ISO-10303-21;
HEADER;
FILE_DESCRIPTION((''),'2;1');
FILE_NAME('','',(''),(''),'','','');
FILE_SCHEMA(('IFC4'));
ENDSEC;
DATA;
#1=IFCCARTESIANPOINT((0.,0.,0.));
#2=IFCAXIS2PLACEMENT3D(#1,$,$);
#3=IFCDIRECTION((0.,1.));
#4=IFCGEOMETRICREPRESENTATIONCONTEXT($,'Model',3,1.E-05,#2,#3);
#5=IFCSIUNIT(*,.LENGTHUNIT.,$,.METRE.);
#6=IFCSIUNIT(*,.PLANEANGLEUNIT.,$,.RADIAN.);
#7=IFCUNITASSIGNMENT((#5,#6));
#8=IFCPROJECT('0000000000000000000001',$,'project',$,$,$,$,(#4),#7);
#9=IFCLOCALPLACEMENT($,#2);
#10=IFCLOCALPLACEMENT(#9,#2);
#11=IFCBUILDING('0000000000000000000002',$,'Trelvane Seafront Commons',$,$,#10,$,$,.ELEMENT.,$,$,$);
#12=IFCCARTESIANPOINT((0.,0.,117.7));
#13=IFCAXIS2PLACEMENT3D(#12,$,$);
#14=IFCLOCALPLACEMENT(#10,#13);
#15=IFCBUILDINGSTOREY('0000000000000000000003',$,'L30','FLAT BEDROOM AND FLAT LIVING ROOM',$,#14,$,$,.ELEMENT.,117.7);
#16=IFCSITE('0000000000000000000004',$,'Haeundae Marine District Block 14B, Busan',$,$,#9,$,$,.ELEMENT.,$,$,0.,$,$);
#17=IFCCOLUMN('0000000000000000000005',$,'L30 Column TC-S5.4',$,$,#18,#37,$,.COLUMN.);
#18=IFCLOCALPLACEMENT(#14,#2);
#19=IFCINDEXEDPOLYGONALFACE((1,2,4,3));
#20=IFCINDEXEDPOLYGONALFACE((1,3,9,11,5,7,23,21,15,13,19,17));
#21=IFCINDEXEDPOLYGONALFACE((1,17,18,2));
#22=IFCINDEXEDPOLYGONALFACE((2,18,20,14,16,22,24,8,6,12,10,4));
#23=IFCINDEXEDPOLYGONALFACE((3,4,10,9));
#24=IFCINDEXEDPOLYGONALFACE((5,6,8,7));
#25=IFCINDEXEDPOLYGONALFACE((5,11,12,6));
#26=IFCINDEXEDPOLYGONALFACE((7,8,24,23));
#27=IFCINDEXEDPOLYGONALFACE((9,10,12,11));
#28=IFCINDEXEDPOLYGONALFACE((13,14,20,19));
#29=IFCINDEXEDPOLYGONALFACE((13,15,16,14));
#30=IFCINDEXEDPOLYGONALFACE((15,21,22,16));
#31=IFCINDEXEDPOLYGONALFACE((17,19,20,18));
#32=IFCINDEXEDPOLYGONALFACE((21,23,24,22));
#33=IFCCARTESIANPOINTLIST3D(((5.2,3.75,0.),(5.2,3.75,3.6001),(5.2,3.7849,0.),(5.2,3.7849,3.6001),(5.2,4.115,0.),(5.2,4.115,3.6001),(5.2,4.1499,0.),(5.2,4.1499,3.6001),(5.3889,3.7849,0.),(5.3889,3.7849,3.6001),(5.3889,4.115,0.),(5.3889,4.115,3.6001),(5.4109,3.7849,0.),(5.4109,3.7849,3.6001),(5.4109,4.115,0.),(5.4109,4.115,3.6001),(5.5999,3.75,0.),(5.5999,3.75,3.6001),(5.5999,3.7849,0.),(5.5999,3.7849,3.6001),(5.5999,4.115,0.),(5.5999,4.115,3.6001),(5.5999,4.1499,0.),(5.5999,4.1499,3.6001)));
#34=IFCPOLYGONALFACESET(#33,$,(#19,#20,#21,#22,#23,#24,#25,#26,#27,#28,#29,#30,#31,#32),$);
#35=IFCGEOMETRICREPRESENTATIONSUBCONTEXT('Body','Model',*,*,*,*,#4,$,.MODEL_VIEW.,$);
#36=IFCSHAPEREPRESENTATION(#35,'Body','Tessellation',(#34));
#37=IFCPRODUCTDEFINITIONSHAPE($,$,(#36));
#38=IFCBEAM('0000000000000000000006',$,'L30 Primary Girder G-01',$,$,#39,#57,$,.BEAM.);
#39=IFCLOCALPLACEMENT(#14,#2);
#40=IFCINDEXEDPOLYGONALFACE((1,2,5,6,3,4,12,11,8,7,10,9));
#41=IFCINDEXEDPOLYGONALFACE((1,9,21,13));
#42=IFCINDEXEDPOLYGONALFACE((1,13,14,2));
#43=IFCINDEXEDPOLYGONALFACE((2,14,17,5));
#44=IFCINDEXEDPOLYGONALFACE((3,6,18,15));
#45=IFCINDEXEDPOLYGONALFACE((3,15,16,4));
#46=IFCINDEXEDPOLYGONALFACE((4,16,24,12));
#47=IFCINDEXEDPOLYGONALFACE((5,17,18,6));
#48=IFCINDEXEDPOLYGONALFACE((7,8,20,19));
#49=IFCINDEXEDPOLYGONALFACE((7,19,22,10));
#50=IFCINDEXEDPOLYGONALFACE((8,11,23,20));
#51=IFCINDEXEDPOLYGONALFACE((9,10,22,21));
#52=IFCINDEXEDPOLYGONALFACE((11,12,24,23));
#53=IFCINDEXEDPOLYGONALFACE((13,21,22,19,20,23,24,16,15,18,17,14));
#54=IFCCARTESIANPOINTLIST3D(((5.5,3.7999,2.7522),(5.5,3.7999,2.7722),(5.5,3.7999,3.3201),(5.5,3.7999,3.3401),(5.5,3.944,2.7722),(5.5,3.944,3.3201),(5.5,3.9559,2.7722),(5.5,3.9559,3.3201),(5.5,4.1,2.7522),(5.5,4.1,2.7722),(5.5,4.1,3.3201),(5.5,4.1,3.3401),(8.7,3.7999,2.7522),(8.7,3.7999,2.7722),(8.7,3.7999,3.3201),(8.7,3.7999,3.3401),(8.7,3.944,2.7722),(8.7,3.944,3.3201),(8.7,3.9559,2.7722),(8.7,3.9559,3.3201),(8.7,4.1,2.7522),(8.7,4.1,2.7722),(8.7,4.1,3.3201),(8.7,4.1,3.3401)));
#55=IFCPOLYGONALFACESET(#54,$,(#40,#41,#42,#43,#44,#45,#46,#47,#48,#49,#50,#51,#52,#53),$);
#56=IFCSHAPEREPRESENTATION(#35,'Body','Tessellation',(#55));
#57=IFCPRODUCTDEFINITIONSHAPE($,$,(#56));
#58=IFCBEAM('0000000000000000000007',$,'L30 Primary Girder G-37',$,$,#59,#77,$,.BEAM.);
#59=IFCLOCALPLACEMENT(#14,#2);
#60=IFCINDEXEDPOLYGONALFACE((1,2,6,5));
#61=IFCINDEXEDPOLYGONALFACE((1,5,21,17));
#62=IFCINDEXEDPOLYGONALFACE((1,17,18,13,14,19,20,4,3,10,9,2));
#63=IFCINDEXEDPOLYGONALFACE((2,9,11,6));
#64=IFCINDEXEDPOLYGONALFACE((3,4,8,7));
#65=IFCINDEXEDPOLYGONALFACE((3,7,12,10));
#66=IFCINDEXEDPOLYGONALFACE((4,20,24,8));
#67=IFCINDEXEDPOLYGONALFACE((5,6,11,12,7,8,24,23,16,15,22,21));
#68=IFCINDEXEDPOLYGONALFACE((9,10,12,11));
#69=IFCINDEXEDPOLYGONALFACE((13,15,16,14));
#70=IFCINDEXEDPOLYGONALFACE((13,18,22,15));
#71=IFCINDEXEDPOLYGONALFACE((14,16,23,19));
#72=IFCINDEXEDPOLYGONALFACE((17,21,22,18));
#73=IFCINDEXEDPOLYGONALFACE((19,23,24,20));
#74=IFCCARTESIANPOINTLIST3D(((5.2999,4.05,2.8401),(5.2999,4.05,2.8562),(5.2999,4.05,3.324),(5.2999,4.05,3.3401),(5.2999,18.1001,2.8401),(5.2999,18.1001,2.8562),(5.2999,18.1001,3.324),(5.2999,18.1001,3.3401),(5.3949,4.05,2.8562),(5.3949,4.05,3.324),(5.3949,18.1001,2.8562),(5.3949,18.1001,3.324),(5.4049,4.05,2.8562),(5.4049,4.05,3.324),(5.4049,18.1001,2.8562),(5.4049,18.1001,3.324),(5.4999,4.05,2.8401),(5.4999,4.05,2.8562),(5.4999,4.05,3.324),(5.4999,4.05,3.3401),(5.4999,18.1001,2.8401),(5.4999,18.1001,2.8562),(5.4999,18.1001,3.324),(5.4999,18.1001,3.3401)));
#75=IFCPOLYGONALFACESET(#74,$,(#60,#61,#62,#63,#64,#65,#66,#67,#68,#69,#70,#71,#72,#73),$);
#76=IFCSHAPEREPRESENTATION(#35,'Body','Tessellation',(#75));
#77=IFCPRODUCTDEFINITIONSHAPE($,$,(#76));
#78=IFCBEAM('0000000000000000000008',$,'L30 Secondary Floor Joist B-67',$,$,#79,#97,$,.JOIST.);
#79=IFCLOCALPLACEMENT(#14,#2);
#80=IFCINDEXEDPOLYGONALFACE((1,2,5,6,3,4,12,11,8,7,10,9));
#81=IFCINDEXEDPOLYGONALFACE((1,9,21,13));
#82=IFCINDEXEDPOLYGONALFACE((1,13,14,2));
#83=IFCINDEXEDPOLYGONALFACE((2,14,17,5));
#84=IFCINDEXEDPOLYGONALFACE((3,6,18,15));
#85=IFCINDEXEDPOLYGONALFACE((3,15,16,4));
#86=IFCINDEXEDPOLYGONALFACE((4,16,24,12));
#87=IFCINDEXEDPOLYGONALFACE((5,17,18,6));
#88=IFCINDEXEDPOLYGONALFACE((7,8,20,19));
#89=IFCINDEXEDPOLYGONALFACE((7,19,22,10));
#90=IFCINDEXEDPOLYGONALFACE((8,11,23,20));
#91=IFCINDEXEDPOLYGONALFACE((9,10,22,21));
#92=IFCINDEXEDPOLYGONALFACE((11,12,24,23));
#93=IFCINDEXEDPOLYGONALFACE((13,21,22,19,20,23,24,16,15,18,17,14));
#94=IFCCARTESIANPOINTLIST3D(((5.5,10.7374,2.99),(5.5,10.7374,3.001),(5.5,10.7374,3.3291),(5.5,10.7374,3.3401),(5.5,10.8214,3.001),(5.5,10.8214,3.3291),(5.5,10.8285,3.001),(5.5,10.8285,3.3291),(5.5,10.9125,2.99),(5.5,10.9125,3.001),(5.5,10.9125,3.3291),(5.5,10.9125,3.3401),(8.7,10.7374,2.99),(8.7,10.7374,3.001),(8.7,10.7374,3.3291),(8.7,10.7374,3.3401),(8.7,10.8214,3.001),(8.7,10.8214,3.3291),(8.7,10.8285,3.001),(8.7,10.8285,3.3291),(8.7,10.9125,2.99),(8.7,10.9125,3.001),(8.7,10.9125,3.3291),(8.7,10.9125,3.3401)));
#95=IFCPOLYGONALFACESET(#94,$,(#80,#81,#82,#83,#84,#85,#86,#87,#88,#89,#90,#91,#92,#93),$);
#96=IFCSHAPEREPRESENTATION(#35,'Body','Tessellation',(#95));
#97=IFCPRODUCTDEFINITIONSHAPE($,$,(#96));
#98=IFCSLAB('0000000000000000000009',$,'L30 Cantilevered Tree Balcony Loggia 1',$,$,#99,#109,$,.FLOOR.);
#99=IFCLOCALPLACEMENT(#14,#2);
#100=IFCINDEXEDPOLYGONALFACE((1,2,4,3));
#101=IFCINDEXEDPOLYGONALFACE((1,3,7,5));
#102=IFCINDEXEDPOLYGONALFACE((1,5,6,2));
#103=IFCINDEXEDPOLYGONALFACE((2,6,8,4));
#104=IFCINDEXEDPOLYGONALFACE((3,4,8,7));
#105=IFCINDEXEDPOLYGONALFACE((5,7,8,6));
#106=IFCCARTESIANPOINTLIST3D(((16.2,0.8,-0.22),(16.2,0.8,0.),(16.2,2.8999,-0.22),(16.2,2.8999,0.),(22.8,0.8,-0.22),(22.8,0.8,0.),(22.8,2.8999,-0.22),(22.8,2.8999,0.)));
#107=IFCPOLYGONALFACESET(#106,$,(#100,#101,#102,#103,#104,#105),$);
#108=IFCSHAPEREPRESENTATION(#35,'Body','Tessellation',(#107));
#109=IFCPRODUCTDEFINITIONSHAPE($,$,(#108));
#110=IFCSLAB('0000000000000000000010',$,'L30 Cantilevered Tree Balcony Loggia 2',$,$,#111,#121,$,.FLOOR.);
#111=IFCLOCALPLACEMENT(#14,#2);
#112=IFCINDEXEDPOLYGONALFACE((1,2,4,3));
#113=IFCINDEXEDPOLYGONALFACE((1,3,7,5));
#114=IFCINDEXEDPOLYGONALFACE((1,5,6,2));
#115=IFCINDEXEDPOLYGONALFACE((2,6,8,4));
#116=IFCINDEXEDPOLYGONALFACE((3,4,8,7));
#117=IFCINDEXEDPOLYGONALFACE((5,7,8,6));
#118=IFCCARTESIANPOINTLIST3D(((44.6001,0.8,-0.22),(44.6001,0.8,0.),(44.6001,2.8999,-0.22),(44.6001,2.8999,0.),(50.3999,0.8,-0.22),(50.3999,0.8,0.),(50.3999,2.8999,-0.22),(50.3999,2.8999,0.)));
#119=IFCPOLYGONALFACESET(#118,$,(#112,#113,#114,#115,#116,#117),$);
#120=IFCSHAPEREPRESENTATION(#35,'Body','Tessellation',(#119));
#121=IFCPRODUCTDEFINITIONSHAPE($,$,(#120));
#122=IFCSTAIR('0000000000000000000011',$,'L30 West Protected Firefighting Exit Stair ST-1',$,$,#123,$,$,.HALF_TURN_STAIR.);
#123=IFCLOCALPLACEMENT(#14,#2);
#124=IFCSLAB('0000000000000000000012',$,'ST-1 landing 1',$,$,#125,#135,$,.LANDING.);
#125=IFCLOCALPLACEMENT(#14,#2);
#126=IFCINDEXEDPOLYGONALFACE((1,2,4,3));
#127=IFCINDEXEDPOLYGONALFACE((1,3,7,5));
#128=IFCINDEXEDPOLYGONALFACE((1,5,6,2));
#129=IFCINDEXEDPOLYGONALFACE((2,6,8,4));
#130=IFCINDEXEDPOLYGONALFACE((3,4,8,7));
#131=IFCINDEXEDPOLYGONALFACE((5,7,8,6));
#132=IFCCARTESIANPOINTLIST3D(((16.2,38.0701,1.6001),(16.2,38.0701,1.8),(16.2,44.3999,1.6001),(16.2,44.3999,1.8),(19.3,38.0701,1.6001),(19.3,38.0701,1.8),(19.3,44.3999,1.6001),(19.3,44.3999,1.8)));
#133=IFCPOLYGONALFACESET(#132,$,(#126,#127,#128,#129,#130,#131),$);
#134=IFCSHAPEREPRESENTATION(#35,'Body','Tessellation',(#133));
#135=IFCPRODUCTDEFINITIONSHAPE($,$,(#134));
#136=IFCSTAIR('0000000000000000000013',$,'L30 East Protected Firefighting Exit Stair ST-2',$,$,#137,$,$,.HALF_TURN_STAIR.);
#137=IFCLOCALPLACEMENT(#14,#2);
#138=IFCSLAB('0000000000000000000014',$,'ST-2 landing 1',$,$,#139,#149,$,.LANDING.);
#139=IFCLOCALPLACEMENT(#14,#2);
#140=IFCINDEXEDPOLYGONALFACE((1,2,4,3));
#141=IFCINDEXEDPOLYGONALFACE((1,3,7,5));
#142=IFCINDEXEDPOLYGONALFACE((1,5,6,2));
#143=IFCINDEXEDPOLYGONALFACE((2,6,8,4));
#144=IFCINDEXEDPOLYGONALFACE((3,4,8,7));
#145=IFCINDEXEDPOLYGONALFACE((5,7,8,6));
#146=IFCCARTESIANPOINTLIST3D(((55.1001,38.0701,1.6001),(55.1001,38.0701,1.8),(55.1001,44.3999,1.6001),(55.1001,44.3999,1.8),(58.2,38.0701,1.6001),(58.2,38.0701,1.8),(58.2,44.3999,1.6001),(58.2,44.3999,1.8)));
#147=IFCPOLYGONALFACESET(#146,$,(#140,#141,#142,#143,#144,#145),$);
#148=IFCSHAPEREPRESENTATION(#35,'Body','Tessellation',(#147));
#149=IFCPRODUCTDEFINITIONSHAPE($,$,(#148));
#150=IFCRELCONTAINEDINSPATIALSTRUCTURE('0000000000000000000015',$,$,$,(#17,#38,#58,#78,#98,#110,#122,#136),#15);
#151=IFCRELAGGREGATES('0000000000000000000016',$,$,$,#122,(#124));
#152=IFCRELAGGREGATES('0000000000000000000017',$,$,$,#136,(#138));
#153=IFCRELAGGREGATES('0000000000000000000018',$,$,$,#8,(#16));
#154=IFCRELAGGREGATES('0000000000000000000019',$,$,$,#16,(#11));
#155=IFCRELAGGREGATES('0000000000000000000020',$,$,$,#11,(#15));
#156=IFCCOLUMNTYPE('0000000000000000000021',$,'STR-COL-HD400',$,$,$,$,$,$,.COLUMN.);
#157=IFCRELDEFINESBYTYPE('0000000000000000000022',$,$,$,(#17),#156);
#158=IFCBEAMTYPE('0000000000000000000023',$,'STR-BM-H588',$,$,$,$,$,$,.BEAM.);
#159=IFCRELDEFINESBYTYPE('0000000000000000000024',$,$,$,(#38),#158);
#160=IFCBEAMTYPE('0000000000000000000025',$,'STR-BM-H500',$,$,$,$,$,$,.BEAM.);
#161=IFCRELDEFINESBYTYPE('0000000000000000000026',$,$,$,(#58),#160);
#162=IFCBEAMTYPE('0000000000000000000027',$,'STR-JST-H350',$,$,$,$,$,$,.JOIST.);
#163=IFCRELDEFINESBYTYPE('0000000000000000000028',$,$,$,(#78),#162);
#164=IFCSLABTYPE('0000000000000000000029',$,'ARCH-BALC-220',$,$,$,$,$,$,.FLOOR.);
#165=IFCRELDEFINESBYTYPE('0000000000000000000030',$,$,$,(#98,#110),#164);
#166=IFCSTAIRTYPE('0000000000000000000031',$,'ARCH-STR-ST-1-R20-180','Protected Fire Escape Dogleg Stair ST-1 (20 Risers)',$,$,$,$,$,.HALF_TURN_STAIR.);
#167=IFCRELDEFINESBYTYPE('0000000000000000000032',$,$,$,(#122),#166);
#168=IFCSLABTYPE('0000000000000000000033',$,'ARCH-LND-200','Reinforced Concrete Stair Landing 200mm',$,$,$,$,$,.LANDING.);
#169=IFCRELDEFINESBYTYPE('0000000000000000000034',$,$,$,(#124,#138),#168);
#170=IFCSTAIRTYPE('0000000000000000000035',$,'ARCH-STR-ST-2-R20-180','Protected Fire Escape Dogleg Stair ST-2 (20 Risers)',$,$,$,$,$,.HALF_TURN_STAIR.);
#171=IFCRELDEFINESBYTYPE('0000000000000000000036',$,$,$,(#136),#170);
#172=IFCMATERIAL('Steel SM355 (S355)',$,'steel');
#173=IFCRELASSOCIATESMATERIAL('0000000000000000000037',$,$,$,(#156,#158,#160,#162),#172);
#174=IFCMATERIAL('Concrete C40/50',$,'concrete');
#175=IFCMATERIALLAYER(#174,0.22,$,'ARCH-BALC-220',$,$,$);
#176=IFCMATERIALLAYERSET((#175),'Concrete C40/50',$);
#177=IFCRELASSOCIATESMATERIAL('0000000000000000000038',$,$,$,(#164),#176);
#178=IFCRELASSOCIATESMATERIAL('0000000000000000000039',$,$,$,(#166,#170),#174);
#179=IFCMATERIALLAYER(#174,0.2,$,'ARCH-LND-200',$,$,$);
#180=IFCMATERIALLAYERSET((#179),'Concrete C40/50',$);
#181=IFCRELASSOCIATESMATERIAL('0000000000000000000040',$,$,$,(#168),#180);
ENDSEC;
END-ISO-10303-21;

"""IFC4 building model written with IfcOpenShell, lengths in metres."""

from ifc_helpers import new_model, si_unit, direction, frame, origin, origin_2d, place, context, subcontext, project, spatial, polyline, i_section, outline, extrude, source, transform, mapped, material, layer, layer_set, material_profile, profile_set, type_object, element, aggregate, save


model = new_model("IFC4")

# Units and contexts
model_context = context("Model", 3, precision=1e-05, world=origin(), true_north=direction((0.0, 1.0)))
body_context = subcontext(model_context, "Body", "Model", "MODEL_VIEW")
ifc_project = project(units=[si_unit("LENGTHUNIT", "METRE"), si_unit("PLANEANGLEUNIT", "RADIAN")], contexts=[model_context])

# Site, building, storey
site_placement = place(None, origin())
site = spatial("IfcSite", under=ifc_project, at=site_placement, Name="Haeundae Marine District Block 14B, Busan", CompositionType="ELEMENT", RefElevation=0.0)
building_placement = place(site_placement, origin())
building = spatial("IfcBuilding", under=site, at=building_placement, Name="Trelvane Seafront Commons", CompositionType="ELEMENT")
storey_placement = place(building_placement, frame((0.0, 0.0, 117.7)))
storey = spatial("IfcBuildingStorey", under=building, at=storey_placement, Name="L30", Description="FLAT BEDROOM AND FLAT LIVING ROOM", CompositionType="ELEMENT", Elevation=117.7)

# Column
ifc_material_1 = material(Name="Steel SM355 (S355)", Category="steel")
ifc_material_profile_1 = material_profile(ifc_material_1, i_section(OverallWidth=0.3999, OverallDepth=0.3999, WebThickness=0.022, FlangeThickness=0.0349, at=origin_2d()), Name="HD-400x400x22x35")
ifc_profile_set_1 = profile_set([ifc_material_profile_1], Name="Steel SM355 (S355)")
column_type = type_object("IfcColumnType", Name="STR-COL-HD400", PredefinedType="COLUMN", material=ifc_profile_set_1)
shared_shape_1 = source(origin(), body_context, "Body", "SweptSolid", [
    extrude(i_section(OverallWidth=0.3999, OverallDepth=0.3999, WebThickness=0.022, FlangeThickness=0.0349, at=origin_2d()), origin(), (0.0, 0.0, 1.0), 3.6001),
])
column_placement = place(storey_placement, frame((5.3999, 3.95, 0.0), z_axis=(0.0, 0.0, 1.0), x_axis=(1.0, 0.0, 0.0)))
element("IfcColumn", 1, at=column_placement, inside=storey, type_object=column_type, Name="L30 Column TC-S5.4", PredefinedType="COLUMN", context=body_context, shape_type="MappedRepresentation", body=[
    mapped(shared_shape_1, transform((0.0, 0.0, 0.0), x_axis=(1.0, 0.0, 0.0), y_axis=(0.0, 1.0, 0.0), z_axis=(0.0, 0.0, 1.0), scale=1.0)),
])

# Beams
ifc_material_profile_2 = material_profile(ifc_material_1, i_section(OverallWidth=0.3, OverallDepth=0.5879, WebThickness=0.012, FlangeThickness=0.02, at=origin_2d()), Name="H-588x300x12x20")
ifc_profile_set_2 = profile_set([ifc_material_profile_2], Name="Steel SM355 (S355)")
beam_type_1 = type_object("IfcBeamType", Name="STR-BM-H588", PredefinedType="BEAM", material=ifc_profile_set_2)
shared_shape_2 = source(origin(), body_context, "Body", "SweptSolid", [
    extrude(i_section(OverallWidth=0.3, OverallDepth=0.5879, WebThickness=0.012, FlangeThickness=0.02, at=origin_2d()), origin(), (0.0, 0.0, 1.0), 3.2),
])
beam_1_placement = place(storey_placement, frame((5.5, 3.95, 3.0461), z_axis=(1.0, 0.0, 0.0), x_axis=(0.0, 1.0, 0.0)))
element("IfcBeam", 2, at=beam_1_placement, inside=storey, type_object=beam_type_1, Name="L30 Primary Girder G-01", PredefinedType="BEAM", context=body_context, shape_type="MappedRepresentation", body=[
    mapped(shared_shape_2, transform((0.0, 0.0, 0.0), x_axis=(1.0, 0.0, 0.0), y_axis=(0.0, 1.0, 0.0), z_axis=(0.0, 0.0, 1.0), scale=1.0)),
])
ifc_material_profile_3 = material_profile(ifc_material_1, i_section(OverallWidth=0.2, OverallDepth=0.5, WebThickness=0.01, FlangeThickness=0.0161, at=origin_2d()), Name="H-500x200x10x16")
ifc_profile_set_3 = profile_set([ifc_material_profile_3], Name="Steel SM355 (S355)")
beam_type_2 = type_object("IfcBeamType", Name="STR-BM-H500", PredefinedType="BEAM", material=ifc_profile_set_3)
shared_shape_3 = source(origin(), body_context, "Body", "SweptSolid", [
    extrude(i_section(OverallWidth=0.2, OverallDepth=0.5, WebThickness=0.01, FlangeThickness=0.0161, at=origin_2d()), origin(), (0.0, 0.0, 1.0), 14.05),
])
beam_2_placement = place(storey_placement, frame((5.3999, 4.05, 3.0901), z_axis=(0.0, 1.0, 0.0), x_axis=(-1.0, 0.0, 0.0)))
element("IfcBeam", 3, at=beam_2_placement, inside=storey, type_object=beam_type_2, Name="L30 Primary Girder G-37", PredefinedType="BEAM", context=body_context, shape_type="MappedRepresentation", body=[
    mapped(shared_shape_3, transform((0.0, 0.0, 0.0), x_axis=(1.0, 0.0, 0.0), y_axis=(0.0, 1.0, 0.0), z_axis=(0.0, 0.0, 1.0), scale=1.0)),
])
ifc_material_profile_4 = material_profile(ifc_material_1, i_section(OverallWidth=0.175, OverallDepth=0.3501, WebThickness=0.0071, FlangeThickness=0.011, at=origin_2d()), Name="H-350x175x7x11")
ifc_profile_set_4 = profile_set([ifc_material_profile_4], Name="Steel SM355 (S355)")
beam_type_3 = type_object("IfcBeamType", Name="STR-JST-H350", PredefinedType="JOIST", material=ifc_profile_set_4)
shared_shape_4 = source(origin(), body_context, "Body", "SweptSolid", [
    extrude(i_section(OverallWidth=0.175, OverallDepth=0.3501, WebThickness=0.0071, FlangeThickness=0.011, at=origin_2d()), origin(), (0.0, 0.0, 1.0), 3.2),
])
beam_3_placement = place(storey_placement, frame((5.5, 10.825, 3.165), z_axis=(1.0, 0.0, 0.0), x_axis=(0.0, 1.0, 0.0)))
element("IfcBeam", 4, at=beam_3_placement, inside=storey, type_object=beam_type_3, Name="L30 Secondary Floor Joist B-67", PredefinedType="JOIST", context=body_context, shape_type="MappedRepresentation", body=[
    mapped(shared_shape_4, transform((0.0, 0.0, 0.0), x_axis=(1.0, 0.0, 0.0), y_axis=(0.0, 1.0, 0.0), z_axis=(0.0, 0.0, 1.0), scale=1.0)),
])

# Slabs
ifc_material_2 = material(Name="Concrete C40/50", Category="concrete")
ifc_layer_1 = layer(ifc_material_2, 0.22, Name="ARCH-BALC-220")
ifc_layer_set_1 = layer_set([ifc_layer_1], Name="Concrete C40/50")
slab_type_1 = type_object("IfcSlabType", Name="ARCH-BALC-220", PredefinedType="FLOOR", material=ifc_layer_set_1)
slab_1_placement = place(storey_placement, frame((0.0, 0.0, -0.22)))
element("IfcSlab", 5, at=slab_1_placement, inside=storey, type_object=slab_type_1, Name="L30 Cantilevered Tree Balcony Loggia 1", PredefinedType="FLOOR", context=body_context, shape_type="SweptSolid", body=[
    extrude(outline(polyline([(16.2, 0.8), (22.8, 0.8), (22.8, 2.8999), (16.2, 2.8999), (16.2, 0.8)])), origin(), (0.0, 0.0, 1.0), 0.22),
])
slab_2_placement = place(storey_placement, frame((0.0, 0.0, -0.22)))
element("IfcSlab", 6, at=slab_2_placement, inside=storey, type_object=slab_type_1, Name="L30 Cantilevered Tree Balcony Loggia 2", PredefinedType="FLOOR", context=body_context, shape_type="SweptSolid", body=[
    extrude(outline(polyline([(44.6001, 0.8), (50.3999, 0.8), (50.3999, 2.8999), (44.6001, 2.8999), (44.6001, 0.8)])), origin(), (0.0, 0.0, 1.0), 0.22),
])

# Stairs, slabs
stair_type_1 = type_object("IfcStairType", Name="ARCH-STR-ST-1-R20-180", Description="Protected Fire Escape Dogleg Stair ST-1 (20 Risers)", PredefinedType="HALF_TURN_STAIR", material=ifc_material_2)
stair_1_placement = place(storey_placement, origin())
stair_1 = element("IfcStair", 7, at=stair_1_placement, inside=storey, type_object=stair_type_1, Name="L30 West Protected Firefighting Exit Stair ST-1", PredefinedType="HALF_TURN_STAIR")
ifc_layer_2 = layer(ifc_material_2, 0.2, Name="ARCH-LND-200")
ifc_layer_set_2 = layer_set([ifc_layer_2], Name="Concrete C40/50")
slab_type_2 = type_object("IfcSlabType", Name="ARCH-LND-200", Description="Reinforced Concrete Stair Landing 200mm", PredefinedType="LANDING", material=ifc_layer_set_2)
slab_3_placement = place(storey_placement, frame((0.0, 0.0, 1.6001)))
slab_3 = element("IfcSlab", 8, at=slab_3_placement, type_object=slab_type_2, Name="ST-1 landing 1", PredefinedType="LANDING", context=body_context, shape_type="SweptSolid", body=[
    extrude(outline(polyline([(19.3, 38.0701), (19.3, 44.3999), (16.2, 44.3999), (16.2, 38.0701), (19.3, 38.0701)])), origin(), (0.0, 0.0, 1.0), 0.2),
])
aggregate(stair_1, [slab_3])
stair_type_2 = type_object("IfcStairType", Name="ARCH-STR-ST-2-R20-180", Description="Protected Fire Escape Dogleg Stair ST-2 (20 Risers)", PredefinedType="HALF_TURN_STAIR", material=ifc_material_2)
stair_2_placement = place(storey_placement, origin())
stair_2 = element("IfcStair", 9, at=stair_2_placement, inside=storey, type_object=stair_type_2, Name="L30 East Protected Firefighting Exit Stair ST-2", PredefinedType="HALF_TURN_STAIR")
slab_4_placement = place(storey_placement, frame((0.0, 0.0, 1.6001)))
slab_4 = element("IfcSlab", 10, at=slab_4_placement, type_object=slab_type_2, Name="ST-2 landing 1", PredefinedType="LANDING", context=body_context, shape_type="SweptSolid", body=[
    extrude(outline(polyline([(58.2, 38.0701), (58.2, 44.3999), (55.1001, 44.3999), (55.1001, 38.0701), (58.2, 38.0701)])), origin(), (0.0, 0.0, 1.0), 0.2),
])
aggregate(stair_2, [slab_4])

save(model, "model.ifc")
